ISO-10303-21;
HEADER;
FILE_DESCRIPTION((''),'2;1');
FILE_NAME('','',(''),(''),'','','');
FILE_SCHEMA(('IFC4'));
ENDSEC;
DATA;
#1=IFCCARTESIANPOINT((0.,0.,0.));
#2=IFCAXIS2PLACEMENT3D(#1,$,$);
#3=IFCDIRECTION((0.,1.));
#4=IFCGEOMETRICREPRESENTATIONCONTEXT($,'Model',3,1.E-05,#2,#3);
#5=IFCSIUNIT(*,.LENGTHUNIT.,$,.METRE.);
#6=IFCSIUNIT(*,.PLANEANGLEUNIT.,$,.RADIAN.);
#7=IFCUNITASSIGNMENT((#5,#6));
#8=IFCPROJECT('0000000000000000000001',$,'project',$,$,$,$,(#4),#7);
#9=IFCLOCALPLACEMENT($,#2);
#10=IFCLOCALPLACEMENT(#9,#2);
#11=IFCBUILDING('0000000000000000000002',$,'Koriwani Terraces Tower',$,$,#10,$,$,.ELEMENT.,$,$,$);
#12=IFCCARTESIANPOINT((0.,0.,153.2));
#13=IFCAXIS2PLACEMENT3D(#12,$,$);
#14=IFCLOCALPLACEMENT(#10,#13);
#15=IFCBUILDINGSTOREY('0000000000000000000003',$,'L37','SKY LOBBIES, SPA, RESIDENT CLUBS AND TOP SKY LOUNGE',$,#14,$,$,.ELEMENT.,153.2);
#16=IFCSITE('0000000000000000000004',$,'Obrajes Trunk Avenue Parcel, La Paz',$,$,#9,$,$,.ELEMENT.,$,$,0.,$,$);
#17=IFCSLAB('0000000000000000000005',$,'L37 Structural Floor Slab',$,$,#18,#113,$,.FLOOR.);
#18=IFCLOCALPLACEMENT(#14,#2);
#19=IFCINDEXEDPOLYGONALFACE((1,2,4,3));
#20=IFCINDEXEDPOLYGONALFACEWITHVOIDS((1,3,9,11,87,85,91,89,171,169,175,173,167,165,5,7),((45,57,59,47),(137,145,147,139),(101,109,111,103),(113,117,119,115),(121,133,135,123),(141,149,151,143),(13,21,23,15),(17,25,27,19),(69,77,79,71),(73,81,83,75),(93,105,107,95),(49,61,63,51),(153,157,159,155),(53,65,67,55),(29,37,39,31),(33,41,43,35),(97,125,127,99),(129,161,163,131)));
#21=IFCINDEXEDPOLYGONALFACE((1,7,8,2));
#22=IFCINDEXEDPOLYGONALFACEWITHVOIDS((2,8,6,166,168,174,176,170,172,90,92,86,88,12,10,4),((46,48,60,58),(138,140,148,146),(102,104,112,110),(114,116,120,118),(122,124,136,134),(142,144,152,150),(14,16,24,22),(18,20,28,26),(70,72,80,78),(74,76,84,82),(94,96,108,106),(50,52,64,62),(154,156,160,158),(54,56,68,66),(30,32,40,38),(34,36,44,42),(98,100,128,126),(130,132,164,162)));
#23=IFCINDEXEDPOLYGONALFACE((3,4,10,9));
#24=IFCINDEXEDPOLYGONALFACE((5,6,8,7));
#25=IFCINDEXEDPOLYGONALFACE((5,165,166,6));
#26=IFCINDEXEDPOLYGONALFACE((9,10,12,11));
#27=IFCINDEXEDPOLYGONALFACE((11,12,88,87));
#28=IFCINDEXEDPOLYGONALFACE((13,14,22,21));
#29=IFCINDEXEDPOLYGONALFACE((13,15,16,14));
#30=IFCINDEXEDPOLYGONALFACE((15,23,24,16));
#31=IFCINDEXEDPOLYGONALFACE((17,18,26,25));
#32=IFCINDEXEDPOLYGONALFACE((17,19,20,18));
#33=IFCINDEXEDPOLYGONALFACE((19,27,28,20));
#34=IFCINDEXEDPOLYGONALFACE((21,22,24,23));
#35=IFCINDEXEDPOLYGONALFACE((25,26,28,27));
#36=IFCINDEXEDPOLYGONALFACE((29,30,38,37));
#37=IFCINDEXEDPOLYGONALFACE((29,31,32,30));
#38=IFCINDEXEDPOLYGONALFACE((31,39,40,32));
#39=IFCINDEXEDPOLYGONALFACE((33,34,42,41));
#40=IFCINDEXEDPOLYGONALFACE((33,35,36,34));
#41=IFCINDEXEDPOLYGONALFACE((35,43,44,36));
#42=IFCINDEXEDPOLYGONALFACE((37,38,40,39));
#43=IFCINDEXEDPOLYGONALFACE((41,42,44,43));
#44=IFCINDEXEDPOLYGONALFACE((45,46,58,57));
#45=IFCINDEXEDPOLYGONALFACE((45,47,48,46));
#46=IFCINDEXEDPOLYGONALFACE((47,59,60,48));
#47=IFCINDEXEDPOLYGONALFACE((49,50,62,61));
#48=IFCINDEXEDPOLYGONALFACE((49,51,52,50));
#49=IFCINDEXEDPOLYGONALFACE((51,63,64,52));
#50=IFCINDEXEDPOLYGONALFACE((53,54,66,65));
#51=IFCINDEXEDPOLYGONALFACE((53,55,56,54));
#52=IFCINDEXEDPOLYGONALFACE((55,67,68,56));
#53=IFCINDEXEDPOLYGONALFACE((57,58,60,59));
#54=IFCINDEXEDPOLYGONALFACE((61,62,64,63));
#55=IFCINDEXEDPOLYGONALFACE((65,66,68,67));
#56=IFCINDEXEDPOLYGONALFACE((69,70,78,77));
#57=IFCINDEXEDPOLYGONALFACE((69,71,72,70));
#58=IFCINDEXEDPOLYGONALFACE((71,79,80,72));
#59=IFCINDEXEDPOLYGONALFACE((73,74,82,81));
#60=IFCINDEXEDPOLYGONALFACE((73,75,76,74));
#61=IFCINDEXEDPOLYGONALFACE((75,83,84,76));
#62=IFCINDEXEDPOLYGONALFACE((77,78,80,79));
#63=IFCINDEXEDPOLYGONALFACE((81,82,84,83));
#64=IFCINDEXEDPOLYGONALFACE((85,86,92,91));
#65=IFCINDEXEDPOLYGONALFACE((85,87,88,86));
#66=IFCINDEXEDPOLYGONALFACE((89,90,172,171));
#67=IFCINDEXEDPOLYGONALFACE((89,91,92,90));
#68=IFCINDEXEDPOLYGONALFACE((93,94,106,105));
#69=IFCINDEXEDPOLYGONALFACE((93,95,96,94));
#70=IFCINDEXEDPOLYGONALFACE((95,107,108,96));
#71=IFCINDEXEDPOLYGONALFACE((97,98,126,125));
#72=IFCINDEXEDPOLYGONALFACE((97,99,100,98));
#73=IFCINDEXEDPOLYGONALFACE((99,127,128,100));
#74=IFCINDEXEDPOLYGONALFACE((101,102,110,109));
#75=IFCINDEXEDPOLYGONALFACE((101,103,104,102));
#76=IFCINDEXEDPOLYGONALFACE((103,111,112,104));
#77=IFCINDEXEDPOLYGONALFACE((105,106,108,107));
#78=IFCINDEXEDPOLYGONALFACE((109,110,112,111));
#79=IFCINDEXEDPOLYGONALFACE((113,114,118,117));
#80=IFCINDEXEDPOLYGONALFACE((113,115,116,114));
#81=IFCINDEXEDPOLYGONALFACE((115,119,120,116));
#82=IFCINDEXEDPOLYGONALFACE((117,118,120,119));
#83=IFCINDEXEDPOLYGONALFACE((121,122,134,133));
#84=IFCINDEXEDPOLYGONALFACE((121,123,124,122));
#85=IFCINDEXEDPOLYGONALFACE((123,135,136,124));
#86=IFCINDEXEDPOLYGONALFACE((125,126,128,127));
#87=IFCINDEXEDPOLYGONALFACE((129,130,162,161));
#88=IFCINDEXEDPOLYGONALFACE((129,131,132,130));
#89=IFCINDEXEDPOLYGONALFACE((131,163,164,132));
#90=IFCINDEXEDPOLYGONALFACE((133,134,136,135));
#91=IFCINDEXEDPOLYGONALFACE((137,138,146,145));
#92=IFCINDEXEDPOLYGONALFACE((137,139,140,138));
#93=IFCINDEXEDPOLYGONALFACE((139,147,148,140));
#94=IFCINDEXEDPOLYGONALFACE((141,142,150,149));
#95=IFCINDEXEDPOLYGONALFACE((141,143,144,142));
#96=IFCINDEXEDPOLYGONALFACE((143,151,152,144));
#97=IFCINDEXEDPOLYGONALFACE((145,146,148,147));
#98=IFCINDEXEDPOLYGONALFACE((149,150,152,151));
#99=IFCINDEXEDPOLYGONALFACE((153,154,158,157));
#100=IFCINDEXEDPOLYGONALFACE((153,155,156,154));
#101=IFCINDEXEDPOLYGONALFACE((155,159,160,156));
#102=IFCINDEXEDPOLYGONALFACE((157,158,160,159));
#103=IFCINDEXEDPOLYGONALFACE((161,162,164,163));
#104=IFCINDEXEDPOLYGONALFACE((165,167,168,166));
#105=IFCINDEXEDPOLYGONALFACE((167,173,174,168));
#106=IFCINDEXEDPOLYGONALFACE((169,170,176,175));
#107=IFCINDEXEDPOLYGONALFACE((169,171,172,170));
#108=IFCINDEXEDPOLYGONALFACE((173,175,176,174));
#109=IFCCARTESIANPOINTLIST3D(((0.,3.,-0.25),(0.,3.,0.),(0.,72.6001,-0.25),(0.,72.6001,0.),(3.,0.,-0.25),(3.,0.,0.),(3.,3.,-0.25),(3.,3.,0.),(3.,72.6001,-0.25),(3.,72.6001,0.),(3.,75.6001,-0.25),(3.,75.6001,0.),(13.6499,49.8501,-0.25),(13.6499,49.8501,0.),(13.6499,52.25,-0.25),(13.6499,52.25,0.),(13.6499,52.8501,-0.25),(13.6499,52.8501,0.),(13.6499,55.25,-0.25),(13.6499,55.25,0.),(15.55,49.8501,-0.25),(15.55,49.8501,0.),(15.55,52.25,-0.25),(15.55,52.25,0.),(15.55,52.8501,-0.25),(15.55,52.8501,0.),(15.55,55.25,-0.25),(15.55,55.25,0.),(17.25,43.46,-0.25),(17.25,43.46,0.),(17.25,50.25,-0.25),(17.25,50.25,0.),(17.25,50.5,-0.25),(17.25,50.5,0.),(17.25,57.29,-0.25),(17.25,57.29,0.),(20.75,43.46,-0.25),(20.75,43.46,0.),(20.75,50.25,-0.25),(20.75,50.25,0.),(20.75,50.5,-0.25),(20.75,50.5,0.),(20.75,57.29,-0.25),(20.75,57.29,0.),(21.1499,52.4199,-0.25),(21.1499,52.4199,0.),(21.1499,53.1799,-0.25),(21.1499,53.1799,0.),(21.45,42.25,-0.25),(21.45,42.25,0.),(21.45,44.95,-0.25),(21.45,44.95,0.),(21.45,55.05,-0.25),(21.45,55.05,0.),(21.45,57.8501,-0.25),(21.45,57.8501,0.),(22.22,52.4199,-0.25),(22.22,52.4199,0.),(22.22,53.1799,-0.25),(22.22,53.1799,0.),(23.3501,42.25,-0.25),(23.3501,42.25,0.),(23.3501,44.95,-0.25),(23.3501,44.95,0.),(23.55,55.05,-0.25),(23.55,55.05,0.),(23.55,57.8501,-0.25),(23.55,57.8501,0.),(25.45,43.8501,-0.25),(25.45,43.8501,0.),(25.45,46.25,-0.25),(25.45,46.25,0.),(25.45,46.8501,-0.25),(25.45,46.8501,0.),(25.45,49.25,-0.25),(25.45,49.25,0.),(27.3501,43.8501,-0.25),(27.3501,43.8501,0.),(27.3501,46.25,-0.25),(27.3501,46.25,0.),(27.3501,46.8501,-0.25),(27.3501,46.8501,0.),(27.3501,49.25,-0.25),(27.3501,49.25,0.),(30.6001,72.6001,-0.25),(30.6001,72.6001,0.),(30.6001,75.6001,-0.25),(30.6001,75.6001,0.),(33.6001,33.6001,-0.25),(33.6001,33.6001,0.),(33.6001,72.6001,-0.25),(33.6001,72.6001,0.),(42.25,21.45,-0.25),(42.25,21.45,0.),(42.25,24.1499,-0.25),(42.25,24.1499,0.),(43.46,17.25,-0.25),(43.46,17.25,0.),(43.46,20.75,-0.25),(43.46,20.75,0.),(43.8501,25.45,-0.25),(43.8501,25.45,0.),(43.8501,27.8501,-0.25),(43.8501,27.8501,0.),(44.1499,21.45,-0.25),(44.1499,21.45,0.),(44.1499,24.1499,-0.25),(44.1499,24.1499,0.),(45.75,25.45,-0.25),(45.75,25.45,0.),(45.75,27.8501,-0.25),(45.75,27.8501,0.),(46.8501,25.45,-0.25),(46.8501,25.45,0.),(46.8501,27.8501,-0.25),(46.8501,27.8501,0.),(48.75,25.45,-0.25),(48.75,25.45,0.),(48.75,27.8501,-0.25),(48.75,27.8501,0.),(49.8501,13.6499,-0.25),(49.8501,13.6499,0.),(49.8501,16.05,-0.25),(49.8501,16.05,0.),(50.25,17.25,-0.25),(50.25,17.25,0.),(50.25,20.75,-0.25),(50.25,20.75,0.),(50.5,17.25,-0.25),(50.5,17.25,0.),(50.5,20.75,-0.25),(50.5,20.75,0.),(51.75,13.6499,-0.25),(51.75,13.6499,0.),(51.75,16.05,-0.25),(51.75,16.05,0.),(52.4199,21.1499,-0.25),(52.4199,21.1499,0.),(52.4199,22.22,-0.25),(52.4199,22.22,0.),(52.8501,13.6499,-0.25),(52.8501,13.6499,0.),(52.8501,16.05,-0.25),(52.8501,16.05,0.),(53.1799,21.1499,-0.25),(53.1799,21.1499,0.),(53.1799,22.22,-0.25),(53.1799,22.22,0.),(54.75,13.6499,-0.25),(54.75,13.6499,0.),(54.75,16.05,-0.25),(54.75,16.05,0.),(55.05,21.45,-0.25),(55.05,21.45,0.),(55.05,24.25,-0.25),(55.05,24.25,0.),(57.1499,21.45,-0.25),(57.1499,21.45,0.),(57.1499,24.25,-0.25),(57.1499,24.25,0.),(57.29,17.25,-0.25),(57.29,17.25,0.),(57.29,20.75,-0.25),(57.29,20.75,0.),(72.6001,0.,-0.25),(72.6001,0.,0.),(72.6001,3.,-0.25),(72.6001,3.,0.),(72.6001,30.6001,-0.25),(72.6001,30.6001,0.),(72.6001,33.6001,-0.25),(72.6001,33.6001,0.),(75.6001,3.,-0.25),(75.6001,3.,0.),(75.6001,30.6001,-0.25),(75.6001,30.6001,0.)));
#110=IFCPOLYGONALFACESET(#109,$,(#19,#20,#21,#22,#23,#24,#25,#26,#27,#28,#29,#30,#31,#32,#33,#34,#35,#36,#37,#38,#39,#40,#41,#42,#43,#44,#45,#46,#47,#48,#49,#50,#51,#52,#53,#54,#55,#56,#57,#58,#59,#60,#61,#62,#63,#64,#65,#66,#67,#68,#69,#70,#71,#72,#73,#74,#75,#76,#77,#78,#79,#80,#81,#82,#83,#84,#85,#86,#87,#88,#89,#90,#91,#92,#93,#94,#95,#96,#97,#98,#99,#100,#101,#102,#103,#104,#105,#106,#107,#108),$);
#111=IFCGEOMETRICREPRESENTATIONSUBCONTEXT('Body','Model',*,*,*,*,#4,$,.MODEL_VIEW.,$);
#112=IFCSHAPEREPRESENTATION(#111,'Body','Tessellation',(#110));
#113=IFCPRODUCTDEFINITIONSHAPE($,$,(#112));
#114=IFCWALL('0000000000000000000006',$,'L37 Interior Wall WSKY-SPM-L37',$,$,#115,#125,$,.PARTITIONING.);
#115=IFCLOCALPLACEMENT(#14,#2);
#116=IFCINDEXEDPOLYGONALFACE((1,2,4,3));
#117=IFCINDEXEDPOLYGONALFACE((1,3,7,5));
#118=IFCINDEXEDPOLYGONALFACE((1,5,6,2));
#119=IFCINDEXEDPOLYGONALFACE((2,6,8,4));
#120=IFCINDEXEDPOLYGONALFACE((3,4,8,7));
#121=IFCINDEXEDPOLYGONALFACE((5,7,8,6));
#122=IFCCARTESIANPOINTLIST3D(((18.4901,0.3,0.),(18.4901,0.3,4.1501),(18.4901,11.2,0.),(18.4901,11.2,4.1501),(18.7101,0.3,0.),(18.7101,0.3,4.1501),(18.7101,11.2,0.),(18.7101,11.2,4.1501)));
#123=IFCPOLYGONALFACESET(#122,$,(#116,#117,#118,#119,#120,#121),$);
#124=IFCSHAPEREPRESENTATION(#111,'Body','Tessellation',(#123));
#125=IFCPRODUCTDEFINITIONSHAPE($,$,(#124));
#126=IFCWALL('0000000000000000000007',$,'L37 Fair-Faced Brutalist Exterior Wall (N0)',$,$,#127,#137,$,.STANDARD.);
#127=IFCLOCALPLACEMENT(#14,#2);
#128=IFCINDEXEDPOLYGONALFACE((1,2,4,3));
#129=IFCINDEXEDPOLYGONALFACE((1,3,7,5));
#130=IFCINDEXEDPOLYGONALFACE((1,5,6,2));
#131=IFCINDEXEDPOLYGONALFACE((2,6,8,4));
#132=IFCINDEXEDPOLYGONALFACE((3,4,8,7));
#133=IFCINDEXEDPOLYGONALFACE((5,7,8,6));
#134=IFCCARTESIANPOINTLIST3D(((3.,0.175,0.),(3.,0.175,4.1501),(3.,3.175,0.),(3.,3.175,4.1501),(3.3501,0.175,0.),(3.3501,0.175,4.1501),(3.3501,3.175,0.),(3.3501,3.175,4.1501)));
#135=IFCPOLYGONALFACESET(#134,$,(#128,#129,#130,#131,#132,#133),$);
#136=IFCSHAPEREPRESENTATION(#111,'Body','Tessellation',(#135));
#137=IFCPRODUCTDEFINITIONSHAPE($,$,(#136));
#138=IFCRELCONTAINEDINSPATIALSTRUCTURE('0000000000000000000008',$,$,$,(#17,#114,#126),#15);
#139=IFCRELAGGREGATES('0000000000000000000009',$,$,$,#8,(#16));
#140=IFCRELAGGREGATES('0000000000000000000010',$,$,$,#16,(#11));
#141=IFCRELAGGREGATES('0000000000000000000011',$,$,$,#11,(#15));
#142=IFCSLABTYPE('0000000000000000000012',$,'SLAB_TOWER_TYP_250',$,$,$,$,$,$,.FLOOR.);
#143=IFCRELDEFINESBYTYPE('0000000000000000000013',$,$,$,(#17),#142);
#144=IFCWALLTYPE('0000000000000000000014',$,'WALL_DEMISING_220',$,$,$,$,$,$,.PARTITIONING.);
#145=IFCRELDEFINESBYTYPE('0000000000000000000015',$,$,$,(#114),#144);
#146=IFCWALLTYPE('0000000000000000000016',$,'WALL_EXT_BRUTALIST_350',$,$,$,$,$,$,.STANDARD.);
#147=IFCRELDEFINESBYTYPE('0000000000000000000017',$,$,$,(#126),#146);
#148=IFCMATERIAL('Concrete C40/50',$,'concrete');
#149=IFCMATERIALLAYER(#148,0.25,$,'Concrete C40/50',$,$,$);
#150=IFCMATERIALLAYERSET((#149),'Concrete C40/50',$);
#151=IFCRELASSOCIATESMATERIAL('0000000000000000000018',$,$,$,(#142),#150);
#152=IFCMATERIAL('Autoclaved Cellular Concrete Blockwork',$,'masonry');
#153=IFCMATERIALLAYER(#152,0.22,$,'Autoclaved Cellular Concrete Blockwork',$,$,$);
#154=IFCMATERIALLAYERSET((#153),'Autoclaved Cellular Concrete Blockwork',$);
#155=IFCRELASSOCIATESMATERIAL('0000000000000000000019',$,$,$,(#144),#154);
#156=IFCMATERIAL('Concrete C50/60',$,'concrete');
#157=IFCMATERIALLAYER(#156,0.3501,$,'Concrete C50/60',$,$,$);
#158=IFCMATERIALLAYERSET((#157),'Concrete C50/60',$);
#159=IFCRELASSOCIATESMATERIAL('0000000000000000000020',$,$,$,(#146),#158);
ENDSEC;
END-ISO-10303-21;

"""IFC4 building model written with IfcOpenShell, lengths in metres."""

from ifc_helpers import new_model, si_unit, direction, frame, frame_2d, origin, place, context, subcontext, project, spatial, polyline, rectangle, outline, extrude, material, layer, layer_set, type_object, element, save


model = new_model("IFC4")

# Units and contexts
model_context = context("Model", 3, precision=1e-05, world=origin(), true_north=direction((0.0, 1.0)))
body_context = subcontext(model_context, "Body", "Model", "MODEL_VIEW")
ifc_project = project(units=[si_unit("LENGTHUNIT", "METRE"), si_unit("PLANEANGLEUNIT", "RADIAN")], contexts=[model_context])

# Site, building, storey
site_placement = place(None, origin())
site = spatial("IfcSite", under=ifc_project, at=site_placement, Name="Obrajes Trunk Avenue Parcel, La Paz", CompositionType="ELEMENT", RefElevation=0.0)
building_placement = place(site_placement, origin())
building = spatial("IfcBuilding", under=site, at=building_placement, Name="Koriwani Terraces Tower", CompositionType="ELEMENT")
storey_placement = place(building_placement, frame((0.0, 0.0, 153.2)))
storey = spatial("IfcBuildingStorey", under=building, at=storey_placement, Name="L37", Description="SKY LOBBIES, SPA, RESIDENT CLUBS AND TOP SKY LOUNGE", CompositionType="ELEMENT", Elevation=153.2)

# Shared definitions
ifc_material_1 = material(Name="Concrete C50/60", Category="concrete")

# Shared definitions
ifc_material_2 = material(Name="Concrete C40/50", Category="concrete")

# Slab
ifc_layer_1 = layer(ifc_material_2, 0.25, Name="Concrete C40/50")
ifc_layer_set_1 = layer_set([ifc_layer_1], Name="Concrete C40/50")
slab_type_1 = type_object("IfcSlabType", Name="SLAB_TOWER_TYP_250", PredefinedType="FLOOR", material=ifc_layer_set_1)
slab_1_placement = place(storey_placement, frame((0.0, 0.0, -0.25)))
element("IfcSlab", 1, at=slab_1_placement, inside=storey, type_object=slab_type_1, Name="L37 Structural Floor Slab", PredefinedType="FLOOR", context=body_context, shape_type="SweptSolid", body=[
    extrude(outline(polyline([(3.0, 0.0), (72.6001, 0.0), (72.6001, 3.0), (75.6001, 3.0), (75.6001, 30.6001), (72.6001, 30.6001), (72.6001, 33.6001), (33.6001, 33.6001), (33.6001, 72.6001), (30.6001, 72.6001), (30.6001, 75.6001), (3.0, 75.6001), (3.0, 72.6001), (0.0, 72.6001), (0.0, 3.0), (3.0, 3.0), (3.0, 0.0)]), holes=[polyline([(17.25, 43.46), (20.75, 43.46), (20.75, 50.25), (17.25, 50.25), (17.25, 43.46)]), polyline([(17.25, 50.5), (20.75, 50.5), (20.75, 57.29), (17.25, 57.29), (17.25, 50.5)]), polyline([(43.46, 17.25), (50.25, 17.25), (50.25, 20.75), (43.46, 20.75), (43.46, 17.25)]), polyline([(50.5, 17.25), (57.29, 17.25), (57.29, 20.75), (50.5, 20.75), (50.5, 17.25)]), polyline([(13.6499, 49.8501), (15.55, 49.8501), (15.55, 52.25), (13.6499, 52.25), (13.6499, 49.8501)]), polyline([(13.6499, 52.8501), (15.55, 52.8501), (15.55, 55.25), (13.6499, 55.25), (13.6499, 52.8501)]), polyline([(49.8501, 13.6499), (51.75, 13.6499), (51.75, 16.05), (49.8501, 16.05), (49.8501, 13.6499)]), polyline([(52.8501, 13.6499), (54.75, 13.6499), (54.75, 16.05), (52.8501, 16.05), (52.8501, 13.6499)]), polyline([(25.45, 43.8501), (27.3501, 43.8501), (27.3501, 46.25), (25.45, 46.25), (25.45, 43.8501)]), polyline([(25.45, 46.8501), (27.3501, 46.8501), (27.3501, 49.25), (25.45, 49.25), (25.45, 46.8501)]), polyline([(43.8501, 25.45), (45.75, 25.45), (45.75, 27.8501), (43.8501, 27.8501), (43.8501, 25.45)]), polyline([(46.8501, 25.45), (48.75, 25.45), (48.75, 27.8501), (46.8501, 27.8501), (46.8501, 25.45)]), polyline([(21.45, 55.05), (23.55, 55.05), (23.55, 57.8501), (21.45, 57.8501), (21.45, 55.05)]), polyline([(55.05, 21.45), (57.1499, 21.45), (57.1499, 24.25), (55.05, 24.25), (55.05, 21.45)]), polyline([(21.45, 42.25), (23.3501, 42.25), (23.3501, 44.95), (21.45, 44.95), (21.45, 42.25)]), polyline([(42.25, 21.45), (44.1499, 21.45), (44.1499, 24.1499), (42.25, 24.1499), (42.25, 21.45)]), polyline([(21.1499, 52.4199), (22.22, 52.4199), (22.22, 53.1799), (21.1499, 53.1799), (21.1499, 52.4199)]), polyline([(52.4199, 21.1499), (53.1799, 21.1499), (53.1799, 22.22), (52.4199, 22.22), (52.4199, 21.1499)])]), origin(), (0.0, 0.0, 1.0), 0.25),
])

# Walls
ifc_material_3 = material(Name="Autoclaved Cellular Concrete Blockwork", Category="masonry")
ifc_layer_2 = layer(ifc_material_3, 0.22, Name="Autoclaved Cellular Concrete Blockwork")
ifc_layer_set_2 = layer_set([ifc_layer_2], Name="Autoclaved Cellular Concrete Blockwork")
wall_type_1 = type_object("IfcWallType", Name="WALL_DEMISING_220", PredefinedType="PARTITIONING", material=ifc_layer_set_2)
wall_1_placement = place(storey_placement, frame((18.6001, 0.3, 0.0), z_axis=(0.0, 0.0, 1.0), x_axis=(0.0, 1.0, 0.0)))
element("IfcWall", 2, at=wall_1_placement, inside=storey, type_object=wall_type_1, Name="L37 Interior Wall WSKY-SPM-L37", PredefinedType="PARTITIONING", context=body_context, shape_type="SweptSolid", body=[
    extrude(rectangle(XDim=10.8999, YDim=0.22, at=frame_2d((5.45, 0.0))), origin(), (0.0, 0.0, 1.0), 4.1501),
])
ifc_layer_3 = layer(ifc_material_1, 0.3501, Name="Concrete C50/60")
ifc_layer_set_3 = layer_set([ifc_layer_3], Name="Concrete C50/60")
wall_type_2 = type_object("IfcWallType", Name="WALL_EXT_BRUTALIST_350", PredefinedType="STANDARD", material=ifc_layer_set_3)
wall_2_placement = place(storey_placement, frame((3.175, 0.175, 0.0), z_axis=(0.0, 0.0, 1.0), x_axis=(0.0, 1.0, 0.0)))
element("IfcWall", 3, at=wall_2_placement, inside=storey, type_object=wall_type_2, Name="L37 Fair-Faced Brutalist Exterior Wall (N0)", PredefinedType="STANDARD", context=body_context, shape_type="SweptSolid", body=[
    extrude(rectangle(XDim=3.0, YDim=0.3501, at=frame_2d((1.5, 0.0))), origin(), (0.0, 0.0, 1.0), 4.1501),
])

save(model, "model.ifc")
